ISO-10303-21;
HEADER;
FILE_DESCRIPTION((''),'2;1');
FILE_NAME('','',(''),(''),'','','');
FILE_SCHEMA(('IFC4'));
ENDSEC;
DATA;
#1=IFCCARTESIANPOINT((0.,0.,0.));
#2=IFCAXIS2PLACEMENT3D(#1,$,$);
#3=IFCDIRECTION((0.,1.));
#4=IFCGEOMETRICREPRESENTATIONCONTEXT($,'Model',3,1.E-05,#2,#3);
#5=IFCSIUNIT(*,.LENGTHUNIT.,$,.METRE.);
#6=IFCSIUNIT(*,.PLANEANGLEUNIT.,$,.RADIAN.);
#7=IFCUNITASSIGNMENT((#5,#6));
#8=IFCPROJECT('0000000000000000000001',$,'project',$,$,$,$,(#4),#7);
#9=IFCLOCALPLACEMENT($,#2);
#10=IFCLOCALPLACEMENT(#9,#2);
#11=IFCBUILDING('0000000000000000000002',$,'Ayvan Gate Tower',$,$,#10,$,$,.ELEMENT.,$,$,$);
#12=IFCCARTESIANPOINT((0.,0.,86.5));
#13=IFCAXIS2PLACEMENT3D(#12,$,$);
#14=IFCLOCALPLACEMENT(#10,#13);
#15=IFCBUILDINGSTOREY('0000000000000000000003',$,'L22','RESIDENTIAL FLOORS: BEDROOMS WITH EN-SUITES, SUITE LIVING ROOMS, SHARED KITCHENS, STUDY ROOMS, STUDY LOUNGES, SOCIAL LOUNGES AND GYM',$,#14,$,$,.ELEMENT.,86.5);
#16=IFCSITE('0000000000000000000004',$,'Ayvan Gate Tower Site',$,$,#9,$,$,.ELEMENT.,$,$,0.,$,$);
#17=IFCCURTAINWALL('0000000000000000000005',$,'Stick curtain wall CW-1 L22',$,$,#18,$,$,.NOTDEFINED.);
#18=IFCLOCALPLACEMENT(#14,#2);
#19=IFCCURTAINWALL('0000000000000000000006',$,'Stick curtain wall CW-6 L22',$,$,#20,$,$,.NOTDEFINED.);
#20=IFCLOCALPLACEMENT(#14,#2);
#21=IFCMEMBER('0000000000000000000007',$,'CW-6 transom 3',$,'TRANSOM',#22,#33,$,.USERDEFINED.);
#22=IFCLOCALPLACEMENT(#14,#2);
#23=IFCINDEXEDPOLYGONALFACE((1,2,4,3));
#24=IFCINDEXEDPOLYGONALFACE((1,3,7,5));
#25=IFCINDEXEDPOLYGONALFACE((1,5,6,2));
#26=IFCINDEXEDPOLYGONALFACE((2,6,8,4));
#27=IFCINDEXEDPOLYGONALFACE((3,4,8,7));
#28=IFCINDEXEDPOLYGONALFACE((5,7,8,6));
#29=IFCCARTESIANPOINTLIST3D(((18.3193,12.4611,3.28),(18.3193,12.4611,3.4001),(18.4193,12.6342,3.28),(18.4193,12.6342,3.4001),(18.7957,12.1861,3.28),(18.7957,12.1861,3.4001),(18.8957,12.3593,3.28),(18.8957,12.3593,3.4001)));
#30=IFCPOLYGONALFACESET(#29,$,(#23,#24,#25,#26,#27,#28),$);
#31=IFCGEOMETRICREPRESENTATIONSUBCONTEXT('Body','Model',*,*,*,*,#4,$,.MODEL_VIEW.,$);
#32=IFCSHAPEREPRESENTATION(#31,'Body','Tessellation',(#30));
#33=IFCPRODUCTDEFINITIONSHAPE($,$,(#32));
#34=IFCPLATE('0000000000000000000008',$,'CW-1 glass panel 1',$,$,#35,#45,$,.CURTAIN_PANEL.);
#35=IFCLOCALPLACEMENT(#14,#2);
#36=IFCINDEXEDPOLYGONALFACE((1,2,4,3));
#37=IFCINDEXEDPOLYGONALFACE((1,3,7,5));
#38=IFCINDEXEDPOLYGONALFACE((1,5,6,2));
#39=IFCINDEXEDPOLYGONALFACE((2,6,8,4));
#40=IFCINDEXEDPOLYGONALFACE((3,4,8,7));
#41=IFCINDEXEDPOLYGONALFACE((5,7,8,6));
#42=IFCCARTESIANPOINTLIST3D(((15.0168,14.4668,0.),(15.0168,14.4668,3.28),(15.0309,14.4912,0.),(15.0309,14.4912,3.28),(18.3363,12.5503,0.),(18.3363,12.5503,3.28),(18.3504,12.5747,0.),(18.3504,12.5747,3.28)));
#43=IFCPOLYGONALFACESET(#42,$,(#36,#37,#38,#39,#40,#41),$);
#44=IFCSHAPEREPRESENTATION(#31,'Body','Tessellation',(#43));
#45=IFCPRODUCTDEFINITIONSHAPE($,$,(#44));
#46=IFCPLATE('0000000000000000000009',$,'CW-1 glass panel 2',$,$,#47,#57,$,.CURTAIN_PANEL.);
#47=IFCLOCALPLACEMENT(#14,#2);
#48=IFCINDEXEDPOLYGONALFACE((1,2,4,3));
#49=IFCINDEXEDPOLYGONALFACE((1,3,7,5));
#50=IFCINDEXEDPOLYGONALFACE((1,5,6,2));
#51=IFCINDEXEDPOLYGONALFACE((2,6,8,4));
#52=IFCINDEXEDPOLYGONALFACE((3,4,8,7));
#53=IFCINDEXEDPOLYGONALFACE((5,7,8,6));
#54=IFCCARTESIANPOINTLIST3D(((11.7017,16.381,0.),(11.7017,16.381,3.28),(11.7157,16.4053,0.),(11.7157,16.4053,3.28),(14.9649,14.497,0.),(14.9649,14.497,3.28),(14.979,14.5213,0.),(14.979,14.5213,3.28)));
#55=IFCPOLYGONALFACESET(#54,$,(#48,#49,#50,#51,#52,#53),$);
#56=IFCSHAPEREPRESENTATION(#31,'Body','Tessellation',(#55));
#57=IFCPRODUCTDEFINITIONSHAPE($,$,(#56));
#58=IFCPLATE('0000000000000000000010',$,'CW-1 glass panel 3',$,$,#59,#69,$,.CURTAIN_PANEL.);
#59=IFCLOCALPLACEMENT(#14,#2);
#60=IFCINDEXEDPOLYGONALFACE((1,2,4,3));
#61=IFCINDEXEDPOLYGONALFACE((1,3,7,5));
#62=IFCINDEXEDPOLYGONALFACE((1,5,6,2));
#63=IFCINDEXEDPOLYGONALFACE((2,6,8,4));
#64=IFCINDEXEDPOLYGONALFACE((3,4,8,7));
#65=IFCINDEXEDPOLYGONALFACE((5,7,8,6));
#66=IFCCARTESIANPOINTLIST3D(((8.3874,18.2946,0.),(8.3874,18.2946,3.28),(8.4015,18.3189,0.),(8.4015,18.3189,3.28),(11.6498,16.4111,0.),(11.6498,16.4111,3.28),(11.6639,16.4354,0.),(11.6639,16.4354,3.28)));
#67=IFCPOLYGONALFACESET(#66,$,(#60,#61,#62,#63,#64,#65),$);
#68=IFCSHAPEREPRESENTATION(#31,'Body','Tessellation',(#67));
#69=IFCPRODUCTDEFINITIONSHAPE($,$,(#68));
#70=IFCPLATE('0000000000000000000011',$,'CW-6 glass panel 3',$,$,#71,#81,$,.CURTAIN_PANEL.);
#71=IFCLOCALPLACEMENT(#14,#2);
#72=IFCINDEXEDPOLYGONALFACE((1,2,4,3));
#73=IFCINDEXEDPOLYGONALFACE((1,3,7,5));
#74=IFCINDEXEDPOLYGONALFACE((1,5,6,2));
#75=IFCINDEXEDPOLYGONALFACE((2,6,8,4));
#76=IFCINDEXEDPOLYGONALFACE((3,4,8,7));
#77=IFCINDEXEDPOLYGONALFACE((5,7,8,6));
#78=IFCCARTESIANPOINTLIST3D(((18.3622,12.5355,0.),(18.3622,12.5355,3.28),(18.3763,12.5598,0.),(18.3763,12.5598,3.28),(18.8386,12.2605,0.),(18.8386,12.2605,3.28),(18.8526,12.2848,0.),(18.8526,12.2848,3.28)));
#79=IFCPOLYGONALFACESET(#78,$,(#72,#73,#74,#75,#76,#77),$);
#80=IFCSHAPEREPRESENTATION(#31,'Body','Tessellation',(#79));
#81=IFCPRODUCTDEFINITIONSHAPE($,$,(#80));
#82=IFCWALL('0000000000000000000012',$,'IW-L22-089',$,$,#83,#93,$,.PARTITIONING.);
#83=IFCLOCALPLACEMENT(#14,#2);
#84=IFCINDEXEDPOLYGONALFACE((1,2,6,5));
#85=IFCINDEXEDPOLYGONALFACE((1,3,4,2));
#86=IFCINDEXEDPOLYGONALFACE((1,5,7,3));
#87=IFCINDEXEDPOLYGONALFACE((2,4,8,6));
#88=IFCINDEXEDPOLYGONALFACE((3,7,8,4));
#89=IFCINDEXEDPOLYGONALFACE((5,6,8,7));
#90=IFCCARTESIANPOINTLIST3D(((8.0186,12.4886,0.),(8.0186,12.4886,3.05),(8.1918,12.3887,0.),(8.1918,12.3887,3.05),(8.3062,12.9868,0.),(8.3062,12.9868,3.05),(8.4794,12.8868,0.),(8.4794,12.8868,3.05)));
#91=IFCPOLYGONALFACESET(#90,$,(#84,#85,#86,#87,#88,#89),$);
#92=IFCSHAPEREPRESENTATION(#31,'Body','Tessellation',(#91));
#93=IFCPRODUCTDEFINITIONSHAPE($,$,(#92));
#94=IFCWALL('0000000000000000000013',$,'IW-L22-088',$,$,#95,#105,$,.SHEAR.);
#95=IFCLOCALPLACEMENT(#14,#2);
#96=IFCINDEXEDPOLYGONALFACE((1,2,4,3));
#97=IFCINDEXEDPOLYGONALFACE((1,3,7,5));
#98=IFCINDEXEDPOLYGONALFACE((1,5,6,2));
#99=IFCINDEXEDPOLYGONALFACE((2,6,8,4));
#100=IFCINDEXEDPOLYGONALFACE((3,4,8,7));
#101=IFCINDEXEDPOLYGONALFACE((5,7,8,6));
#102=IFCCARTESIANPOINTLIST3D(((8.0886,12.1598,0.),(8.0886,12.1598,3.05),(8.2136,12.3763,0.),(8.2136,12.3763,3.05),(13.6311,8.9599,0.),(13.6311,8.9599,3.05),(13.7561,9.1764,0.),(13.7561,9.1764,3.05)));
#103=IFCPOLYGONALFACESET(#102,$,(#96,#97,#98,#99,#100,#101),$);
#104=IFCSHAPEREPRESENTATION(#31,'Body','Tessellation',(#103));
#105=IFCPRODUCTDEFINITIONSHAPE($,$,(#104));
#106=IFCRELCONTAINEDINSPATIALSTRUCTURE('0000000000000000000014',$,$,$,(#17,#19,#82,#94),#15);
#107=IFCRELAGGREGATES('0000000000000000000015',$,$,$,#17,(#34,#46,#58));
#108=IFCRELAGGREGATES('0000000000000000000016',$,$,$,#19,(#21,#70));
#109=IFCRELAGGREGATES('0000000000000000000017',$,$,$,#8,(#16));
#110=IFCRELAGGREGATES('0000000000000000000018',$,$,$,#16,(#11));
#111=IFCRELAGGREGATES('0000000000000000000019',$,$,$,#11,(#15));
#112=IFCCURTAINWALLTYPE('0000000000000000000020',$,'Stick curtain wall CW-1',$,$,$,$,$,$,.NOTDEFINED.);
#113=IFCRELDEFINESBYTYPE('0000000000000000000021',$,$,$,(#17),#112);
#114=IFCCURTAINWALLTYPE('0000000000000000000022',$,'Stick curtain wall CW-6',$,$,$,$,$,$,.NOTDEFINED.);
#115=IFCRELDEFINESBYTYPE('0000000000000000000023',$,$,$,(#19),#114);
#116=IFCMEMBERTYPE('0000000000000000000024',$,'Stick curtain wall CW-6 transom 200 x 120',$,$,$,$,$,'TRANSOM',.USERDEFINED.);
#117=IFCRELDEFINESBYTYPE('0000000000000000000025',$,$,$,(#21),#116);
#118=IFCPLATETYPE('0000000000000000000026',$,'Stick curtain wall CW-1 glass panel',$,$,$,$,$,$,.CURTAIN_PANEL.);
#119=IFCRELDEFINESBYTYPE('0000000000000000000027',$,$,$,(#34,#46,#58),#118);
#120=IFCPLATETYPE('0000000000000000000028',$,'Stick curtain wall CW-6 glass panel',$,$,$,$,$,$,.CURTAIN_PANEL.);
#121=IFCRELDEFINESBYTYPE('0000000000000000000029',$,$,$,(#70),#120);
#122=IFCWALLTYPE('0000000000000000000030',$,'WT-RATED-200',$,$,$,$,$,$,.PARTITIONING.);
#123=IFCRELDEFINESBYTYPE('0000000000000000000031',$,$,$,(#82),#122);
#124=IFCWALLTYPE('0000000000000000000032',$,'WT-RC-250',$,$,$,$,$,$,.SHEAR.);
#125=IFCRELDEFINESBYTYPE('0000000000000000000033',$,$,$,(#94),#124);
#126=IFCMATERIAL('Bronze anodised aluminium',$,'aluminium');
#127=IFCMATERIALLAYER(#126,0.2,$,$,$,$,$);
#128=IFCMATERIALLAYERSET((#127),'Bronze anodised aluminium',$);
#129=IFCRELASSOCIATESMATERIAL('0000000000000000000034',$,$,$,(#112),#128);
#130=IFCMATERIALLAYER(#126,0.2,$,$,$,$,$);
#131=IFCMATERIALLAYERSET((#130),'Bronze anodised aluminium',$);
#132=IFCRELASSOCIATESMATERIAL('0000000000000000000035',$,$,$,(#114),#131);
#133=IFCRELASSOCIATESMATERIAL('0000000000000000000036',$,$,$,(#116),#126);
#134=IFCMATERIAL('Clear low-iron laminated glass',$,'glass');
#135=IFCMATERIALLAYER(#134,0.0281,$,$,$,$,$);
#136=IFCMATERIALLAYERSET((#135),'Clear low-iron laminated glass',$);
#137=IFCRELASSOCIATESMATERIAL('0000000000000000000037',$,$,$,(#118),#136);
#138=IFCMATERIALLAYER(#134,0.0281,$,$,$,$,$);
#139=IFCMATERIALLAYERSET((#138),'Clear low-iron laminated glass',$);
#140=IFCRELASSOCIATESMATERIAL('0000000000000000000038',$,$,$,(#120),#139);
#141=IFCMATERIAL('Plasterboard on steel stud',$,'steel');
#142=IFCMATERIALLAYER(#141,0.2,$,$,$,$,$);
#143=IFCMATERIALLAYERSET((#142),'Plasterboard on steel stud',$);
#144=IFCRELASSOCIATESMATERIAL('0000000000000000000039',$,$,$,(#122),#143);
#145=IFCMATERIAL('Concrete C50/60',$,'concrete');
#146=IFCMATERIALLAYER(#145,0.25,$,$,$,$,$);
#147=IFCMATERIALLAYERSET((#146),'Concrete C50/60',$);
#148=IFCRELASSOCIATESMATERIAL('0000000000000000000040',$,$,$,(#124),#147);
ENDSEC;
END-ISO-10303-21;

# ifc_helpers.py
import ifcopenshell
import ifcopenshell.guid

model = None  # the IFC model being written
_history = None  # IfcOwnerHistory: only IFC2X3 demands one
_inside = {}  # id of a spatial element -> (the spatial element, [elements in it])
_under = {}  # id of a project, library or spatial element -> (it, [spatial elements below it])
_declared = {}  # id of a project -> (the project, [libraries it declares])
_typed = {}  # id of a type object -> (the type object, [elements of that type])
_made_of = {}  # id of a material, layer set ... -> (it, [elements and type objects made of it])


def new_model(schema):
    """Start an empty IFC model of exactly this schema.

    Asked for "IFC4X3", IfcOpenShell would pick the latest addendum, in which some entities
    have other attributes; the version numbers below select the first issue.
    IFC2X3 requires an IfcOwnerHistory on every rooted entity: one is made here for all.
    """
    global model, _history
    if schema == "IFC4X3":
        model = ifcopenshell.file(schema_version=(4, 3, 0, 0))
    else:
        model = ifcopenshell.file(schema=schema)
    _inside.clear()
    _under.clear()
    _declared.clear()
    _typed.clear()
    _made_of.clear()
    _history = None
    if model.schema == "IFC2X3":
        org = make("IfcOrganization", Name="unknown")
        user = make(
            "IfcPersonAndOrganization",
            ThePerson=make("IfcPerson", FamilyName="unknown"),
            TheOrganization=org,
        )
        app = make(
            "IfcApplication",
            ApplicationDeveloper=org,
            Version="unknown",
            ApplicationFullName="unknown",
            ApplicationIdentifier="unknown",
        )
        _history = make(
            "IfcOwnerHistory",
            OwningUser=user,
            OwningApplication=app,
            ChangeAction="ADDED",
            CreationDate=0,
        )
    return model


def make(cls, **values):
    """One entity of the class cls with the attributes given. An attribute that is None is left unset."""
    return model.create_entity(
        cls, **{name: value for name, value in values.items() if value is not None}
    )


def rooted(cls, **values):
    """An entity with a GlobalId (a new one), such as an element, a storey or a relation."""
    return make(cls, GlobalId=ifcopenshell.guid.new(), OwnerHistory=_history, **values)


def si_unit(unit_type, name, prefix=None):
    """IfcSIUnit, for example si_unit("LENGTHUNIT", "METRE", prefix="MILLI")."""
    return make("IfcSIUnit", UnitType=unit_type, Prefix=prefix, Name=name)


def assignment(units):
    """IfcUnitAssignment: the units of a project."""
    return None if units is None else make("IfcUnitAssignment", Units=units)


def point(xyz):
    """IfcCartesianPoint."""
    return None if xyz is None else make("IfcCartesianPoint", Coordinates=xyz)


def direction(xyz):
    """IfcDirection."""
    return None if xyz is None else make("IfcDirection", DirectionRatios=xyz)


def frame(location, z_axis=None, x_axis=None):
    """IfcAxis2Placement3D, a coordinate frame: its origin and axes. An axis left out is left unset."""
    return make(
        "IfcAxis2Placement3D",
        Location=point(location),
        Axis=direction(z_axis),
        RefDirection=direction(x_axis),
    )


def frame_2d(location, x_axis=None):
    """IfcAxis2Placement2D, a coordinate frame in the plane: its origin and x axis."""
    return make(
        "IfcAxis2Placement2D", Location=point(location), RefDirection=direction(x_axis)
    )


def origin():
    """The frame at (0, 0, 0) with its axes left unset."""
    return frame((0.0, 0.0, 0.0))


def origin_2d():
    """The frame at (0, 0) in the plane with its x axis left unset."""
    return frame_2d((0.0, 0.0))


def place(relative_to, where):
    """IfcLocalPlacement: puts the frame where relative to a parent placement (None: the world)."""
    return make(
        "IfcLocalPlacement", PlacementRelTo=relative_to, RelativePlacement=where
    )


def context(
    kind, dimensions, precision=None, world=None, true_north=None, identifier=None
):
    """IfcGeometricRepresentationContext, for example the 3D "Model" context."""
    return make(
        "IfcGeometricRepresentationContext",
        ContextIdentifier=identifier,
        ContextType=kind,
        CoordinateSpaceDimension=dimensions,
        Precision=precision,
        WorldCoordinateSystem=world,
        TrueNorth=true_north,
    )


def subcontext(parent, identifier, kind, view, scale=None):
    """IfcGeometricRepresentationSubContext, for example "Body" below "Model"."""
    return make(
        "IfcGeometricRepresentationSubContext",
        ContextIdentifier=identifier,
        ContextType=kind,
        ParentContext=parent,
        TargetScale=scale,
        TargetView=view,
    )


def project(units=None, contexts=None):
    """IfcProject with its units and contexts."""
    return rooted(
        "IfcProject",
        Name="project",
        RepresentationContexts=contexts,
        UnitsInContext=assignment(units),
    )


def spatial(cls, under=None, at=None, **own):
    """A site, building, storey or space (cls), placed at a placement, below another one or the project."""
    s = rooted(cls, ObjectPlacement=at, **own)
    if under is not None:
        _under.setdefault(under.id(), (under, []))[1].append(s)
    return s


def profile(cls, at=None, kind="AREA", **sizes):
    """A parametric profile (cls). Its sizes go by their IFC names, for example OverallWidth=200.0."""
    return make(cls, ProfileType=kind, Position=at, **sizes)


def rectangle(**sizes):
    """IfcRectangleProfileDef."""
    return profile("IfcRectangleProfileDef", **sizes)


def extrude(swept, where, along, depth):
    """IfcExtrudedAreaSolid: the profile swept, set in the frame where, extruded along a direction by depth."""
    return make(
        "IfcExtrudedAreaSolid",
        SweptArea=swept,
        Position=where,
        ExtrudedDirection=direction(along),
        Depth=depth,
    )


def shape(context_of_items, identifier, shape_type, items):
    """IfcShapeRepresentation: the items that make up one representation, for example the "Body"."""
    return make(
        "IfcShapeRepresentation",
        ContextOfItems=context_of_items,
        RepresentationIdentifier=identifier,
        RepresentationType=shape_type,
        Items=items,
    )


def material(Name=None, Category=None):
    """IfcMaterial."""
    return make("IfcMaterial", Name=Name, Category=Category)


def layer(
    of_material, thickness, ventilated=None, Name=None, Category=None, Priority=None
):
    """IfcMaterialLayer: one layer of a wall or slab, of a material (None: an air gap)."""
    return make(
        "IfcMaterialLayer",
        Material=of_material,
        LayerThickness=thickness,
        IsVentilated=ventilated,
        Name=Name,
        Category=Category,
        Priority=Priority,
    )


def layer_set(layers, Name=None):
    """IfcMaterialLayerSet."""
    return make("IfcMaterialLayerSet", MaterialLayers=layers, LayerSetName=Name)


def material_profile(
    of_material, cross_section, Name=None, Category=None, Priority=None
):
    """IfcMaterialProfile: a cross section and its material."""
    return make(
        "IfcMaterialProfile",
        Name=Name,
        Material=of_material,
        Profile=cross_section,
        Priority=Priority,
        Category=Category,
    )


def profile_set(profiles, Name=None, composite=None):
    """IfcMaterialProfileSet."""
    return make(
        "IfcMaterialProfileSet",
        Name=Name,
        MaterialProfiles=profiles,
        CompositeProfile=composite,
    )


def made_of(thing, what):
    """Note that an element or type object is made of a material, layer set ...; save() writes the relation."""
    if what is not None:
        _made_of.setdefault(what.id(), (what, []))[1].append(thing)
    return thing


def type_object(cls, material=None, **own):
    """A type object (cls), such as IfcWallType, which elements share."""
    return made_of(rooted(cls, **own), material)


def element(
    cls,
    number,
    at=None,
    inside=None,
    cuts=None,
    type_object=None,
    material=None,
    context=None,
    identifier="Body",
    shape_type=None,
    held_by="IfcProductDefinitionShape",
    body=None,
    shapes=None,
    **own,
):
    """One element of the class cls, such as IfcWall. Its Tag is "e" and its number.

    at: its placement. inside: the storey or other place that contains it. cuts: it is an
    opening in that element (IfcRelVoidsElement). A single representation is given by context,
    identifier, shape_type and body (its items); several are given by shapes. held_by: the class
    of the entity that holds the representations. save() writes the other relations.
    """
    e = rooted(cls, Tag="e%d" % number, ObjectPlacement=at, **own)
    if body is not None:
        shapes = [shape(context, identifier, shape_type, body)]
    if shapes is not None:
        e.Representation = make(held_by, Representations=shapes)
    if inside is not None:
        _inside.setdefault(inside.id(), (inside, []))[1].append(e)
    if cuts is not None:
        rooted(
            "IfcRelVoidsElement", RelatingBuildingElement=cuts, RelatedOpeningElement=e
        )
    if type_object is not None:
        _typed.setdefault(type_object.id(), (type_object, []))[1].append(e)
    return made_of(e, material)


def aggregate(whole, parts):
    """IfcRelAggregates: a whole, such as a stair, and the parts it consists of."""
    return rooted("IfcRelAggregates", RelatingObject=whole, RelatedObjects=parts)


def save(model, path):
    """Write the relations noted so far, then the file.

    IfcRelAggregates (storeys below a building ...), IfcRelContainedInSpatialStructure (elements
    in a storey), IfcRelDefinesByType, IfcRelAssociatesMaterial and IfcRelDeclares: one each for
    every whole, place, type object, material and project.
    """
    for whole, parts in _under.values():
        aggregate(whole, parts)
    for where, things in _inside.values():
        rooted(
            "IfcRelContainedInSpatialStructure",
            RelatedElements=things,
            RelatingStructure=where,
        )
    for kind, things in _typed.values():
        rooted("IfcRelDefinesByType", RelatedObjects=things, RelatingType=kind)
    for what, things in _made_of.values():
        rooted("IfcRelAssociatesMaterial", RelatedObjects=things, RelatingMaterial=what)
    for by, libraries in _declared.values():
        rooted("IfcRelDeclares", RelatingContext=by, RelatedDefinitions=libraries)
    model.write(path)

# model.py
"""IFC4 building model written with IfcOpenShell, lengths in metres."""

from ifc_helpers import new_model, si_unit, direction, frame, frame_2d, origin, origin_2d, place, context, subcontext, project, spatial, rectangle, extrude, material, layer, layer_set, material_profile, profile_set, type_object, element, aggregate, save


model = new_model("IFC4")

# Units and contexts
model_context = context("Model", 3, precision=1e-05, world=origin(), true_north=direction((0.0, 1.0)))
body_context = subcontext(model_context, "Body", "Model", "MODEL_VIEW")
ifc_project = project(units=[si_unit("LENGTHUNIT", "METRE"), si_unit("PLANEANGLEUNIT", "RADIAN")], contexts=[model_context])

# Site, building, storey
site_placement = place(None, origin())
site = spatial("IfcSite", under=ifc_project, at=site_placement, Name="Ayvan Gate Tower Site", CompositionType="ELEMENT", RefElevation=0.0)
building_placement = place(site_placement, origin())
building = spatial("IfcBuilding", under=site, at=building_placement, Name="Ayvan Gate Tower", CompositionType="ELEMENT")
storey_placement = place(building_placement, frame((0.0, 0.0, 86.5)))
storey = spatial("IfcBuildingStorey", under=building, at=storey_placement, Name="L22", Description="RESIDENTIAL FLOORS: BEDROOMS WITH EN-SUITES, SUITE LIVING ROOMS, SHARED KITCHENS, STUDY ROOMS, STUDY LOUNGES, SOCIAL LOUNGES AND GYM", CompositionType="ELEMENT", Elevation=86.5)

# Curtain walls, member
ifc_material_1 = material(Name="Bronze anodised aluminium", Category="aluminium")
ifc_layer_1 = layer(ifc_material_1, 0.2)
ifc_layer_set_1 = layer_set([ifc_layer_1], Name="Bronze anodised aluminium")
curtain_wall_type_1 = type_object("IfcCurtainWallType", Name="Stick curtain wall CW-1", PredefinedType="NOTDEFINED", material=ifc_layer_set_1)
curtain_wall_1_placement = place(storey_placement, origin())
curtain_wall_1 = element("IfcCurtainWall", 1, at=curtain_wall_1_placement, inside=storey, type_object=curtain_wall_type_1, Name="Stick curtain wall CW-1 L22", PredefinedType="NOTDEFINED")
ifc_layer_2 = layer(ifc_material_1, 0.2)
ifc_layer_set_2 = layer_set([ifc_layer_2], Name="Bronze anodised aluminium")
curtain_wall_type_2 = type_object("IfcCurtainWallType", Name="Stick curtain wall CW-6", PredefinedType="NOTDEFINED", material=ifc_layer_set_2)
curtain_wall_2_placement = place(storey_placement, origin())
curtain_wall_2 = element("IfcCurtainWall", 2, at=curtain_wall_2_placement, inside=storey, type_object=curtain_wall_type_2, Name="Stick curtain wall CW-6 L22", PredefinedType="NOTDEFINED")
ifc_material_profile_1 = material_profile(ifc_material_1, rectangle(XDim=0.2, YDim=0.1201, at=origin_2d()), Name="Stick curtain wall CW-6 transom 200 x 120")
ifc_profile_set_1 = profile_set([ifc_material_profile_1], Name="Bronze anodised aluminium")
member_type_1 = type_object("IfcMemberType", Name="Stick curtain wall CW-6 transom 200 x 120", ElementType="TRANSOM", PredefinedType="USERDEFINED", material=ifc_profile_set_1)
member_1_placement = place(storey_placement, frame((18.8457, 12.2727, 3.3401), z_axis=(-0.866104, 0.499863, 0.0), x_axis=(-0.499863, -0.866104, 0.0)))
member_1 = element("IfcMember", 3, at=member_1_placement, type_object=member_type_1, Name="CW-6 transom 3", ObjectType="TRANSOM", PredefinedType="USERDEFINED", context=body_context, shape_type="SweptSolid", body=[
    extrude(rectangle(XDim=0.2, YDim=0.1201, at=origin_2d()), origin(), (0.0, 0.0, 1.0), 0.55),
])

# Plates
ifc_material_2 = material(Name="Clear low-iron laminated glass", Category="glass")
ifc_layer_3 = layer(ifc_material_2, 0.0281)
ifc_layer_set_3 = layer_set([ifc_layer_3], Name="Clear low-iron laminated glass")
plate_type_1 = type_object("IfcPlateType", Name="Stick curtain wall CW-1 glass panel", PredefinedType="CURTAIN_PANEL", material=ifc_layer_set_3)
plate_1_placement = place(storey_placement, frame((16.6836, 13.5208, 0.0), z_axis=(0.0, 0.0, 1.0), x_axis=(-0.866025, 0.5, 0.0)))
plate_1 = element("IfcPlate", 4, at=plate_1_placement, type_object=plate_type_1, Name="CW-1 glass panel 1", PredefinedType="CURTAIN_PANEL", context=body_context, shape_type="SweptSolid", body=[
    extrude(rectangle(XDim=3.833, YDim=0.0281, at=origin_2d()), origin(), (0.0, 0.0, 1.0), 3.28),
])
plate_2_placement = place(storey_placement, frame((13.3403, 15.4512, 0.0), z_axis=(0.0, 0.0, 1.0), x_axis=(-0.866025, 0.5, 0.0)))
plate_2 = element("IfcPlate", 5, at=plate_2_placement, type_object=plate_type_1, Name="CW-1 glass panel 2", PredefinedType="CURTAIN_PANEL", context=body_context, shape_type="SweptSolid", body=[
    extrude(rectangle(XDim=3.7681, YDim=0.0281, at=origin_2d()), origin(), (0.0, 0.0, 1.0), 3.28),
])
plate_3_placement = place(storey_placement, frame((10.0256, 17.365, 0.0), z_axis=(0.0, 0.0, 1.0), x_axis=(-0.866025, 0.5, 0.0)))
plate_3 = element("IfcPlate", 6, at=plate_3_placement, type_object=plate_type_1, Name="CW-1 glass panel 3", PredefinedType="CURTAIN_PANEL", context=body_context, shape_type="SweptSolid", body=[
    extrude(rectangle(XDim=3.7671, YDim=0.0281, at=origin_2d()), origin(), (0.0, 0.0, 1.0), 3.28),
])
aggregate(curtain_wall_1, [plate_1, plate_2, plate_3])
ifc_layer_4 = layer(ifc_material_2, 0.0281)
ifc_layer_set_4 = layer_set([ifc_layer_4], Name="Clear low-iron laminated glass")
plate_type_2 = type_object("IfcPlateType", Name="Stick curtain wall CW-6 glass panel", PredefinedType="CURTAIN_PANEL", material=ifc_layer_set_4)
plate_4_placement = place(storey_placement, frame((18.6074, 12.4102, 0.0), z_axis=(0.0, 0.0, 1.0), x_axis=(-0.866025, 0.5, 0.0)))
plate_4 = element("IfcPlate", 7, at=plate_4_placement, type_object=plate_type_2, Name="CW-6 glass panel 3", PredefinedType="CURTAIN_PANEL", context=body_context, shape_type="SweptSolid", body=[
    extrude(rectangle(XDim=0.55, YDim=0.0281, at=origin_2d()), origin(), (0.0, 0.0, 1.0), 3.28),
])
aggregate(curtain_wall_2, [member_1, plate_4])

# Walls
ifc_material_3 = material(Name="Plasterboard on steel stud", Category="steel")
ifc_layer_5 = layer(ifc_material_3, 0.2)
ifc_layer_set_5 = layer_set([ifc_layer_5], Name="Plasterboard on steel stud")
wall_type_1 = type_object("IfcWallType", Name="WT-RATED-200", PredefinedType="PARTITIONING", material=ifc_layer_set_5)
wall_1_placement = place(storey_placement, frame((8.3928, 12.9368, 0.0), z_axis=(0.0, 0.0, 1.0), x_axis=(-0.500065, -0.865988, 0.0)))
element("IfcWall", 8, at=wall_1_placement, inside=storey, type_object=wall_type_1, Name="IW-L22-089", PredefinedType="PARTITIONING", context=body_context, shape_type="SweptSolid", body=[
    extrude(rectangle(XDim=0.5752, YDim=0.2, at=frame_2d((0.2876, 0.0))), origin(), (0.0, 0.0, 1.0), 3.05),
])
ifc_material_4 = material(Name="Concrete C50/60", Category="concrete")
ifc_layer_6 = layer(ifc_material_4, 0.25)
ifc_layer_set_6 = layer_set([ifc_layer_6], Name="Concrete C50/60")
wall_type_2 = type_object("IfcWallType", Name="WT-RC-250", PredefinedType="SHEAR", material=ifc_layer_set_6)
wall_2_placement = place(storey_placement, frame((8.1511, 12.2681, 0.0), z_axis=(0.0, 0.0, 1.0), x_axis=(0.866025, -0.5, 0.0)))
element("IfcWall", 9, at=wall_2_placement, inside=storey, type_object=wall_type_2, Name="IW-L22-088", PredefinedType="SHEAR", context=body_context, shape_type="SweptSolid", body=[
    extrude(rectangle(XDim=6.3999, YDim=0.25, at=frame_2d((3.2, 0.0))), origin(), (0.0, 0.0, 1.0), 3.05),
])

save(model, "model.ifc")
